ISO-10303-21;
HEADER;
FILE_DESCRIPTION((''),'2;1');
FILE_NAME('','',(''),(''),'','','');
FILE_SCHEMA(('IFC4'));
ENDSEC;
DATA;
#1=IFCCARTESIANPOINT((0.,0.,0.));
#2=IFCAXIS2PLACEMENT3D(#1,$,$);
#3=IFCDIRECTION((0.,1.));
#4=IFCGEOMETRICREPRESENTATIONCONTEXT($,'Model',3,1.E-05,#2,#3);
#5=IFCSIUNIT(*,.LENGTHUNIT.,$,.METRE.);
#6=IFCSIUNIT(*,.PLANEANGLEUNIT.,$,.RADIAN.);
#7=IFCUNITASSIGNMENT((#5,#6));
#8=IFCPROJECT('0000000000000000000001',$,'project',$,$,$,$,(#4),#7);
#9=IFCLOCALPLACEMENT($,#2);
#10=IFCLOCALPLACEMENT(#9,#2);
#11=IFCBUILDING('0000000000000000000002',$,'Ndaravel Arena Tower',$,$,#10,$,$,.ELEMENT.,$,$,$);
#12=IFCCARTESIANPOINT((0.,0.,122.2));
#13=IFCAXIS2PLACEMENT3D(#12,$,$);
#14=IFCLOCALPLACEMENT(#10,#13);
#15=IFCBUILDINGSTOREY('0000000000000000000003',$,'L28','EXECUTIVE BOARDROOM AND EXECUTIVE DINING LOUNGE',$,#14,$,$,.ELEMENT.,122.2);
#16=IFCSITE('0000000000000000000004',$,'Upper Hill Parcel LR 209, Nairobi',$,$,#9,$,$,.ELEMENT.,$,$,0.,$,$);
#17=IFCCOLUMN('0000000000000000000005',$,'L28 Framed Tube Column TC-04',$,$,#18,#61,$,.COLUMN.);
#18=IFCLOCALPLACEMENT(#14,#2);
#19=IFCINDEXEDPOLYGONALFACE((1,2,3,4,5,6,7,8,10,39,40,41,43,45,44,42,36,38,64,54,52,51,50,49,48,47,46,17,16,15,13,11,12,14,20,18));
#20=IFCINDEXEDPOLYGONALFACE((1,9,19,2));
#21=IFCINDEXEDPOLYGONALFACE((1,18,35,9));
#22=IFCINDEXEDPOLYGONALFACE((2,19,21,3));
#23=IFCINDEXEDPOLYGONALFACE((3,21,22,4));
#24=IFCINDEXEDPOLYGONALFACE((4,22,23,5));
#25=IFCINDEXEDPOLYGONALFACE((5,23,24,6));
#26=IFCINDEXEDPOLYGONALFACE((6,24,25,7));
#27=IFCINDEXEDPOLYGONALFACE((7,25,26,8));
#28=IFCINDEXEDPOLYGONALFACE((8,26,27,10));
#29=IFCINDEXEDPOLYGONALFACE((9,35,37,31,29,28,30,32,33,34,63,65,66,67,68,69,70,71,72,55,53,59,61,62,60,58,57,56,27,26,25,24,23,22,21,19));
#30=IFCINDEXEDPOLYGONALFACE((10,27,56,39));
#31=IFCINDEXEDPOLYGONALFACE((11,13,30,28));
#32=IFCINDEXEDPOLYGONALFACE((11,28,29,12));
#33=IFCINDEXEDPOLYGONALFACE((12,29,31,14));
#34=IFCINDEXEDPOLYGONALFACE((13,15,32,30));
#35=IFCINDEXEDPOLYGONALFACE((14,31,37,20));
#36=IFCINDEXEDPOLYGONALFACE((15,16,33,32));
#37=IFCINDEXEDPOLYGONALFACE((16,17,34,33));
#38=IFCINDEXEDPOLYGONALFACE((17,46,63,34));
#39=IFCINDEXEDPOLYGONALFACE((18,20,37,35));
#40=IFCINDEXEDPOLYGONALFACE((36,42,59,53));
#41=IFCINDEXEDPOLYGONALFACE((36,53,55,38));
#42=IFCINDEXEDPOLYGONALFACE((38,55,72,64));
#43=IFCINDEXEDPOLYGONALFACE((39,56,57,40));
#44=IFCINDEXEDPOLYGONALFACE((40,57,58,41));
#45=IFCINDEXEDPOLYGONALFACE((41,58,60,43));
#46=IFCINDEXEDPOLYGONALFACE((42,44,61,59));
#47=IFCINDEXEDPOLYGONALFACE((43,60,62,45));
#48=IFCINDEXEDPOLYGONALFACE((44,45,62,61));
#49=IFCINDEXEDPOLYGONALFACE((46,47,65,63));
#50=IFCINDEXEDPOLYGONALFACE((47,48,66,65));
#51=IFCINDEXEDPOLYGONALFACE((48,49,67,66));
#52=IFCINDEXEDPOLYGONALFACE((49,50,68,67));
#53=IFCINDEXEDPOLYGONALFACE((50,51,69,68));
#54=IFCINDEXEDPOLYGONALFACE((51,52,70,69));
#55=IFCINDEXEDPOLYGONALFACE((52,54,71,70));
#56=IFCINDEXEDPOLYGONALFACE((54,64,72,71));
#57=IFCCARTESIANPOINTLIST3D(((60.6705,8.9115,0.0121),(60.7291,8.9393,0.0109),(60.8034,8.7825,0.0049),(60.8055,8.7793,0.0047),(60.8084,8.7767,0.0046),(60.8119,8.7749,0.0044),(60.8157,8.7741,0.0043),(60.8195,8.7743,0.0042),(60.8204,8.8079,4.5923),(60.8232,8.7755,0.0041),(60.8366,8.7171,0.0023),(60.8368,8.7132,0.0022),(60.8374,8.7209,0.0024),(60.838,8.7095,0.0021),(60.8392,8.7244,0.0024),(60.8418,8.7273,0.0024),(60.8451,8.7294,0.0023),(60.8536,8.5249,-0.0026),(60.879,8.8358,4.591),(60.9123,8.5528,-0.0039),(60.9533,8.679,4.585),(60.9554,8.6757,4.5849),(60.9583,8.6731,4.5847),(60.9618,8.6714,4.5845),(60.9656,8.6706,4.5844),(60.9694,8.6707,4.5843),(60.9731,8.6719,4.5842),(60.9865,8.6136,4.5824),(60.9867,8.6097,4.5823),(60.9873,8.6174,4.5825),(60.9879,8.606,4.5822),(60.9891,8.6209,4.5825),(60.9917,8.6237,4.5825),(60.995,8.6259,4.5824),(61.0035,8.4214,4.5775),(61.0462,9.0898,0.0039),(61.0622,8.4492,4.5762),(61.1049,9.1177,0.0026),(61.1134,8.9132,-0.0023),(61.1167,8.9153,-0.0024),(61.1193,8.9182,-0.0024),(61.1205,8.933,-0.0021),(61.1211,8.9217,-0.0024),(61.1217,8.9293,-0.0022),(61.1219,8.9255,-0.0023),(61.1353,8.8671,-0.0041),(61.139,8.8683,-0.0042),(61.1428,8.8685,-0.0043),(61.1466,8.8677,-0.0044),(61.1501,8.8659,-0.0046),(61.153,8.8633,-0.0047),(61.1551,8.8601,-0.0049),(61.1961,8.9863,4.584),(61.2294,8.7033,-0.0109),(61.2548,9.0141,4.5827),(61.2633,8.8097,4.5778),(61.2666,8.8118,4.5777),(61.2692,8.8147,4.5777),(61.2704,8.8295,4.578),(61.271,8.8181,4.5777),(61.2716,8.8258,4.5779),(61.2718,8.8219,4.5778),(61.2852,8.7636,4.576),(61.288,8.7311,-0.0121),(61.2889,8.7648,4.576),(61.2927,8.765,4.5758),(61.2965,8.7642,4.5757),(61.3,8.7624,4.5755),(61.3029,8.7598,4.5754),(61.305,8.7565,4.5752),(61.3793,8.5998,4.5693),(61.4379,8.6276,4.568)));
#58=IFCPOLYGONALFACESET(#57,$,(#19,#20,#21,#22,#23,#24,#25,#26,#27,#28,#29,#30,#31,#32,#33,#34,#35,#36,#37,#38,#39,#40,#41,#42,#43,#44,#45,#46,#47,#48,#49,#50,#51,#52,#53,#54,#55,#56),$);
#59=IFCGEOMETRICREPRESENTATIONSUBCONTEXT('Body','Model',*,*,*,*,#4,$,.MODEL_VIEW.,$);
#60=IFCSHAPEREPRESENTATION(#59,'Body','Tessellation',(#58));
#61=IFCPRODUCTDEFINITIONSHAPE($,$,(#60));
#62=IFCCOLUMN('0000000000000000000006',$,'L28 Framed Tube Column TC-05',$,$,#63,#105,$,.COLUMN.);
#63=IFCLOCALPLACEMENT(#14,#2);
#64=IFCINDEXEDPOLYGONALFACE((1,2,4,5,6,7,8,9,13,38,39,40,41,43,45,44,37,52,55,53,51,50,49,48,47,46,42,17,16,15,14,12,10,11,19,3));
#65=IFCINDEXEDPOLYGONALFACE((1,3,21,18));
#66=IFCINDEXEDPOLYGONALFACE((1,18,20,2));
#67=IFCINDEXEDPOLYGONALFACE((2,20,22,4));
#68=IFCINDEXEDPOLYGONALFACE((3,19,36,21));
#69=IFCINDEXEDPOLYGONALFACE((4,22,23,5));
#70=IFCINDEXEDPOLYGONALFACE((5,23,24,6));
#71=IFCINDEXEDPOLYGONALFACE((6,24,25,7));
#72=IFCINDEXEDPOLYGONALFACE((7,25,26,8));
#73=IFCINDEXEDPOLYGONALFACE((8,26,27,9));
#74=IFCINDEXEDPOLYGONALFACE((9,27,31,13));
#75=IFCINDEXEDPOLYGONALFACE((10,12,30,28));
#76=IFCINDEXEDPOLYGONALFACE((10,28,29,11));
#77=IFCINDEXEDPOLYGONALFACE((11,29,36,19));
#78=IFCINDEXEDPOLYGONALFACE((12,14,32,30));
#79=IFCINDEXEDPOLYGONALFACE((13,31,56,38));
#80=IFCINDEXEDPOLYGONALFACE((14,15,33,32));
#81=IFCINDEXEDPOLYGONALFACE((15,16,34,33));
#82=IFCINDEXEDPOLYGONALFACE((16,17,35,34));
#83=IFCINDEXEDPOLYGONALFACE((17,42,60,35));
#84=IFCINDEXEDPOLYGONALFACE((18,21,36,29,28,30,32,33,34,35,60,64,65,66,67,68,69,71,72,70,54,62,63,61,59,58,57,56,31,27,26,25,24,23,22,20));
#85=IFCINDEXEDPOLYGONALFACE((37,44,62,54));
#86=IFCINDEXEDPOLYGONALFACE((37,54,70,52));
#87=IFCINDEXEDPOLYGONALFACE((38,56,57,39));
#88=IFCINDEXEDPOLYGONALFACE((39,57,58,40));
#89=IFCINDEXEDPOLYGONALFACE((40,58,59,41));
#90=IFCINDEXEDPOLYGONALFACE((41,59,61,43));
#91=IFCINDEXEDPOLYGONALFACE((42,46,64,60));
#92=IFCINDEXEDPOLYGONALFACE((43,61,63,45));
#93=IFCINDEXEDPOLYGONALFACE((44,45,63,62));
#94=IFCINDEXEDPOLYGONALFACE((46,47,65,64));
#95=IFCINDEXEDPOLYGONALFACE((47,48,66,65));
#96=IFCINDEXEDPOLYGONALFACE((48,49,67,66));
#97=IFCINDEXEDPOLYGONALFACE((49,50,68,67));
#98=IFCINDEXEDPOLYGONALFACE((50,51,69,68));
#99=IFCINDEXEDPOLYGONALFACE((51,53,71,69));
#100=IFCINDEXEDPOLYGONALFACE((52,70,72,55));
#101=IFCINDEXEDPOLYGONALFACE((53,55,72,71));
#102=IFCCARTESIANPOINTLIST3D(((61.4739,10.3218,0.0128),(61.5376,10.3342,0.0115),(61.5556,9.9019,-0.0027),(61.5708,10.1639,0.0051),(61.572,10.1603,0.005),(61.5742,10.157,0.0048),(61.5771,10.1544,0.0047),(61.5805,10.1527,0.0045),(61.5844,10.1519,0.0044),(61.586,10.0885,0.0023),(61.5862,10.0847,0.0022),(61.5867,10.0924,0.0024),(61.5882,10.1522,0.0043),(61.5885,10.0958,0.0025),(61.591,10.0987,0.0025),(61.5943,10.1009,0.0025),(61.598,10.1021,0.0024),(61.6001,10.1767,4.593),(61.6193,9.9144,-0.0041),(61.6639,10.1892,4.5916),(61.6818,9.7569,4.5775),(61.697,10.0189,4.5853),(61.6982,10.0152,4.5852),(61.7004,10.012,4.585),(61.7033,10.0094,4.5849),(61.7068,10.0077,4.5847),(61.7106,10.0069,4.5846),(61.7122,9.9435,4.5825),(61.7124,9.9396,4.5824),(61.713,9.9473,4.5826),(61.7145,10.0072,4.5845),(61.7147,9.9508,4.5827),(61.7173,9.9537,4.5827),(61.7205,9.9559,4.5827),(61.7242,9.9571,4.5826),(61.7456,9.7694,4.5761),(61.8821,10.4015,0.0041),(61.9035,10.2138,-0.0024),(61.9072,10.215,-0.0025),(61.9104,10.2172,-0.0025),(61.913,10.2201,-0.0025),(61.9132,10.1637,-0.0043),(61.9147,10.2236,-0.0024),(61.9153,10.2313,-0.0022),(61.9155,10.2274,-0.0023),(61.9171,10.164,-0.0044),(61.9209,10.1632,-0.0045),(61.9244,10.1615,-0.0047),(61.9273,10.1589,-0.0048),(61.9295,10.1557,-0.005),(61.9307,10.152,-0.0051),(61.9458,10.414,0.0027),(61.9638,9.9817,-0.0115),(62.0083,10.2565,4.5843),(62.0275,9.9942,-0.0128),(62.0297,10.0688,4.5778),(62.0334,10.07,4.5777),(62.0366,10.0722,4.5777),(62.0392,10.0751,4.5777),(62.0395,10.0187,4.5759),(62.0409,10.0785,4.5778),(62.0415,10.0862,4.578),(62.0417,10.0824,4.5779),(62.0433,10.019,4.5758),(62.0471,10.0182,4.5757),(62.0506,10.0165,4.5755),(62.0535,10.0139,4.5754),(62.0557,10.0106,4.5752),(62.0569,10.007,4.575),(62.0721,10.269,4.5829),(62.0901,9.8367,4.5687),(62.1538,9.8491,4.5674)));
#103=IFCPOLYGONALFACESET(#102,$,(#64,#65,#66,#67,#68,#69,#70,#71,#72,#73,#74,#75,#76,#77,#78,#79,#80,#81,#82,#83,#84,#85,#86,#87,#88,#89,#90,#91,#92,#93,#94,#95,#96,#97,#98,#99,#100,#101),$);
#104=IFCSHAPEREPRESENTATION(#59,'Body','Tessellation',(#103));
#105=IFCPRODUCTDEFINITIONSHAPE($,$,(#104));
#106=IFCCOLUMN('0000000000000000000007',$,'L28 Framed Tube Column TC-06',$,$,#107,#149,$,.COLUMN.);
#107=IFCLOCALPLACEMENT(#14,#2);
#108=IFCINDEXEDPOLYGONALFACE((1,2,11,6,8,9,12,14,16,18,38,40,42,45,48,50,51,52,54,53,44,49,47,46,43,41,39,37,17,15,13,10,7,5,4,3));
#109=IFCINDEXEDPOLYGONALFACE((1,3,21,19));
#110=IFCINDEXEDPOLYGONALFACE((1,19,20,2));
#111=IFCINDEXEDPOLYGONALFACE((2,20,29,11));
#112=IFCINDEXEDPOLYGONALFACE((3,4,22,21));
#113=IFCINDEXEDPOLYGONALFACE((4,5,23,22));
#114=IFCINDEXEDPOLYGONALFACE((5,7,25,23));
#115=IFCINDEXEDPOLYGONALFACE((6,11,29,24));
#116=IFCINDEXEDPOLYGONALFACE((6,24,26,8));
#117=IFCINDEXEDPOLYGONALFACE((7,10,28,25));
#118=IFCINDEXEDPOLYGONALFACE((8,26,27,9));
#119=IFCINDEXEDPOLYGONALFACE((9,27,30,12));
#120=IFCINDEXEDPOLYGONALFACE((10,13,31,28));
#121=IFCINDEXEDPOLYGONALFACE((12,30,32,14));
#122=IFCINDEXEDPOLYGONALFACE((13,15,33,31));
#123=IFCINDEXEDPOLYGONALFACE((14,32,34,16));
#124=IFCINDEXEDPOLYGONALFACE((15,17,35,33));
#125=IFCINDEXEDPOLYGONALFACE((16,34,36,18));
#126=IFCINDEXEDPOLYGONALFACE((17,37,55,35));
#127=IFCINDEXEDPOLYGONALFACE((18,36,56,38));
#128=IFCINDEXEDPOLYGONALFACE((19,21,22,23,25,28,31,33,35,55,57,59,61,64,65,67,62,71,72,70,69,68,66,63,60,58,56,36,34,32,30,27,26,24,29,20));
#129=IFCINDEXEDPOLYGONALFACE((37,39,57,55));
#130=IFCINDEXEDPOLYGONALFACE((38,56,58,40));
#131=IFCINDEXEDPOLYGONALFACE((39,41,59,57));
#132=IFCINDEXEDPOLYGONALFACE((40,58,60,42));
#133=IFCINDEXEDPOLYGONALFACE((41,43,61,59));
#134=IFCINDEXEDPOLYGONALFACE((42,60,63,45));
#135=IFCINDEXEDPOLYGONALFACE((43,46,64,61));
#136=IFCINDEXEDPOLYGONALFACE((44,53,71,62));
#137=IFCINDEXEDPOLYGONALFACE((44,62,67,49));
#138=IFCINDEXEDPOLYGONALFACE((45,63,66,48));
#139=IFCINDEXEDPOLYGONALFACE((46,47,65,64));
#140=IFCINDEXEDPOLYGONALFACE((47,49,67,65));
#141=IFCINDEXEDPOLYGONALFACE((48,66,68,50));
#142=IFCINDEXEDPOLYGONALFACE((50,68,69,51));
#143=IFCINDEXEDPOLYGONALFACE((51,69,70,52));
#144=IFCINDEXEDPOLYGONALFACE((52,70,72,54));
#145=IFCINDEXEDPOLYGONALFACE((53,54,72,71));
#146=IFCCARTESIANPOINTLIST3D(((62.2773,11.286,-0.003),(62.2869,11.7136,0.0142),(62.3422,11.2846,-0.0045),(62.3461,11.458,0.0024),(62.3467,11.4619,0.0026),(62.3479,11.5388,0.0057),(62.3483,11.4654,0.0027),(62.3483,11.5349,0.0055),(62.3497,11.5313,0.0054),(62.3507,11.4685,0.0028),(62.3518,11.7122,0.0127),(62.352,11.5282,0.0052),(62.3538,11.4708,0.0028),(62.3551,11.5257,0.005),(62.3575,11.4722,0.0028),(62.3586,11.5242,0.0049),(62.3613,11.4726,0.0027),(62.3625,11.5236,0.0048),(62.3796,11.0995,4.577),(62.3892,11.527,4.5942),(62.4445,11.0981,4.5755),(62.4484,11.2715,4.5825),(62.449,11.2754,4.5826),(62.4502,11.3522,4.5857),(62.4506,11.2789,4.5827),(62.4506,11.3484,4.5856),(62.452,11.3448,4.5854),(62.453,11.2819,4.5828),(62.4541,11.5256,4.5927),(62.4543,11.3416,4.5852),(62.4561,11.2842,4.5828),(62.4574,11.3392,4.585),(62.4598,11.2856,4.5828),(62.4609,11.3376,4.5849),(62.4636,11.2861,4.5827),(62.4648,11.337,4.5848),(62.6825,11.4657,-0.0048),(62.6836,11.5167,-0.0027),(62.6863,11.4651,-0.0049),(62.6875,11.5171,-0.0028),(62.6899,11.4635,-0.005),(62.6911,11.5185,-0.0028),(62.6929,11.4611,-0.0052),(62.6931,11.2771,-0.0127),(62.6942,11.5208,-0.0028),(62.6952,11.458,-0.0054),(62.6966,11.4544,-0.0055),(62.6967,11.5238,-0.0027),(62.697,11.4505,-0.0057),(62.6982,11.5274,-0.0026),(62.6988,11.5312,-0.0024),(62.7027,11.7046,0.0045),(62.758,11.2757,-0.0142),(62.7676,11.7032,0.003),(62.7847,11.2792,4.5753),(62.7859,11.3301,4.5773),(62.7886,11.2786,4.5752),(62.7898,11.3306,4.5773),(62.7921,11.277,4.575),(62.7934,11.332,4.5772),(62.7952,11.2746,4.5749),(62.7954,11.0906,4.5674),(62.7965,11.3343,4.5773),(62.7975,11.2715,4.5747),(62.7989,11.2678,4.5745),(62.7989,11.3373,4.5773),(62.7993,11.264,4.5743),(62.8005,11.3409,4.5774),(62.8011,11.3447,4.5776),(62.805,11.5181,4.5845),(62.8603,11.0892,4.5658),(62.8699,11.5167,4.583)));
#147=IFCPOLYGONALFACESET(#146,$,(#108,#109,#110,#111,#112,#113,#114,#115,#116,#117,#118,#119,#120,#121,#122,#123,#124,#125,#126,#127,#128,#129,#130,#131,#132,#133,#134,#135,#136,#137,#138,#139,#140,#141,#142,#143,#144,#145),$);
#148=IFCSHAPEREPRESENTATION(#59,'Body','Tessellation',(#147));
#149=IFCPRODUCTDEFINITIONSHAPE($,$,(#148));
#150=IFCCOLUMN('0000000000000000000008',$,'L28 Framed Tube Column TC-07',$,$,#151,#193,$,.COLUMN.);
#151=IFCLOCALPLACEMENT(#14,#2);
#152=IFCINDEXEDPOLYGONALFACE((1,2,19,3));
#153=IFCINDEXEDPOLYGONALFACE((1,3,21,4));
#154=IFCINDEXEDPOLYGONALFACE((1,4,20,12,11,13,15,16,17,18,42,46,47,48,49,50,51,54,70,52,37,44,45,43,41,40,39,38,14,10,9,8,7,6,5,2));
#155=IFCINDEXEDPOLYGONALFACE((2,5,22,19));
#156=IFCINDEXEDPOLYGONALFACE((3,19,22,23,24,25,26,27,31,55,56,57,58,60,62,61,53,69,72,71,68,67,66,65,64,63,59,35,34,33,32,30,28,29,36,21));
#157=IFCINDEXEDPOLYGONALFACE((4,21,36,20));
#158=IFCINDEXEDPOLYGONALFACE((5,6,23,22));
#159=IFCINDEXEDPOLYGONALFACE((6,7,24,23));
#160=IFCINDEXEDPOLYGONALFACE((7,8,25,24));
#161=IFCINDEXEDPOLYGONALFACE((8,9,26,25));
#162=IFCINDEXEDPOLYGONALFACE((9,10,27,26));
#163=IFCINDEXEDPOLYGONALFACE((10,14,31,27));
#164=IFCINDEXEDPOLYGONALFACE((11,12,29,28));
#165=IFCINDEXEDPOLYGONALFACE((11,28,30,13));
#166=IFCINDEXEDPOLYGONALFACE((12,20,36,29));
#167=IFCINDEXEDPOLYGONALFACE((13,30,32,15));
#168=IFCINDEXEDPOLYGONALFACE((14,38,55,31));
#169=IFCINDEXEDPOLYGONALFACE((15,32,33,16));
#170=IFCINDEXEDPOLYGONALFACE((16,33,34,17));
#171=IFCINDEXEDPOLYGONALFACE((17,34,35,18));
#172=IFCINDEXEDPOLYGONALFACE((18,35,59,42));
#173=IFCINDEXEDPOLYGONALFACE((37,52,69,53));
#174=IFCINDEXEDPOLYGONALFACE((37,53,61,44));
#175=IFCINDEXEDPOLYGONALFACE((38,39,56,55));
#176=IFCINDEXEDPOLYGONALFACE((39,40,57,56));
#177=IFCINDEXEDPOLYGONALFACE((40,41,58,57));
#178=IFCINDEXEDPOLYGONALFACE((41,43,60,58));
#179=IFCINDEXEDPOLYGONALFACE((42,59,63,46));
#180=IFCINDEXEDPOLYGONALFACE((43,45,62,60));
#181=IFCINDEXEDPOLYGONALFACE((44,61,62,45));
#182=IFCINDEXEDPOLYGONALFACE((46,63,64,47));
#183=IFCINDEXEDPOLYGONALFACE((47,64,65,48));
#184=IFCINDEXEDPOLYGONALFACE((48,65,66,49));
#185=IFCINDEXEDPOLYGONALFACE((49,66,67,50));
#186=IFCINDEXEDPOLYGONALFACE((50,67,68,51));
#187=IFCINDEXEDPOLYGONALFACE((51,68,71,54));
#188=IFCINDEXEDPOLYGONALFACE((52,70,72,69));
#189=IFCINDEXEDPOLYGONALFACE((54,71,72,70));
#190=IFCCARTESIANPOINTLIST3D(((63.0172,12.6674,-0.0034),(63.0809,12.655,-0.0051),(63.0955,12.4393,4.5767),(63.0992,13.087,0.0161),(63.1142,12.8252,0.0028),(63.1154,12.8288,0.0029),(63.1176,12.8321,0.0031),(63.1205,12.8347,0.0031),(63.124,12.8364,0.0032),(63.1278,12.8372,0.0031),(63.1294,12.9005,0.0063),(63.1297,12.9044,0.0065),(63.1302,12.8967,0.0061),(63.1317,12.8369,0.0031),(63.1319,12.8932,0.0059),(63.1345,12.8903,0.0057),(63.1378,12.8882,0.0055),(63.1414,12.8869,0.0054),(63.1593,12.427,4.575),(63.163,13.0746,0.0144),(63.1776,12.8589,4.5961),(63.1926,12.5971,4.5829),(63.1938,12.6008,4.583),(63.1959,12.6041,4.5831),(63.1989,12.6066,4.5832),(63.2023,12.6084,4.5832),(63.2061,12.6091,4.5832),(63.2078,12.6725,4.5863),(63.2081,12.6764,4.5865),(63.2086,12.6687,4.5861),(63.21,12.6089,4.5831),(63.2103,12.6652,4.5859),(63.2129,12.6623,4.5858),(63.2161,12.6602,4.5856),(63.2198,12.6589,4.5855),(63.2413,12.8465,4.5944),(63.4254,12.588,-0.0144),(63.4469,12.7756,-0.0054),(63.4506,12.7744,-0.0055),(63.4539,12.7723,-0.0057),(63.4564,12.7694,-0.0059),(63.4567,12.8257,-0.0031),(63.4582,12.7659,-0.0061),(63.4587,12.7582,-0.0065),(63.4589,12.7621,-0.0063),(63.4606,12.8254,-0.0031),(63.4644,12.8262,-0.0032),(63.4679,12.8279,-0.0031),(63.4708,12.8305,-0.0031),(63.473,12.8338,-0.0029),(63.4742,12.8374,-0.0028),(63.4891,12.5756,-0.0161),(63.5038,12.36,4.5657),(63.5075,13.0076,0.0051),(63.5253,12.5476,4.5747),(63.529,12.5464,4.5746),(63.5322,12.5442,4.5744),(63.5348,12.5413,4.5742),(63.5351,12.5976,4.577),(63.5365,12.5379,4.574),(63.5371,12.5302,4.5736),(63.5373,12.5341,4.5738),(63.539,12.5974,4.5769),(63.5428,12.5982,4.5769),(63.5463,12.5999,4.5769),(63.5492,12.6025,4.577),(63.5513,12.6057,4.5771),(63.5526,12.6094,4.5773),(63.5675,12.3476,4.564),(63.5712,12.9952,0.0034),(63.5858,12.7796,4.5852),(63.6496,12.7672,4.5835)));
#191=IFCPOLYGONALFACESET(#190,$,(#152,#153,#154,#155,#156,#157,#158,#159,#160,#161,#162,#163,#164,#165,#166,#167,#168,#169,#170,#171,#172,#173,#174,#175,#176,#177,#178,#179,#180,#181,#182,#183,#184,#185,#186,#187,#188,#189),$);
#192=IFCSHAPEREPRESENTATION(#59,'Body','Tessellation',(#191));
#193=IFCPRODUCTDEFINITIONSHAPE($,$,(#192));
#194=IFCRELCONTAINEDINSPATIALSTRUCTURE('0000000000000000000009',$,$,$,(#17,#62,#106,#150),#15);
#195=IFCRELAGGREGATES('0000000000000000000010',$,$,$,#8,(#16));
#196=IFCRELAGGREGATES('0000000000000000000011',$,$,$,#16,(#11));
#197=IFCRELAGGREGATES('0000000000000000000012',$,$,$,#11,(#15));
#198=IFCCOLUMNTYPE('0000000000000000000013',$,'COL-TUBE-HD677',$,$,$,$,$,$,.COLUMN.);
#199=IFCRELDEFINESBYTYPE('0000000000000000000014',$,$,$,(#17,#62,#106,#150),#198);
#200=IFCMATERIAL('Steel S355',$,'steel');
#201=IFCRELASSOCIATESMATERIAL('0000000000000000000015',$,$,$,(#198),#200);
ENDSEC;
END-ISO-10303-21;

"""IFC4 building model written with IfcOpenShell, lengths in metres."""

from ifc_helpers import new_model, si_unit, direction, frame, origin, origin_2d, place, context, subcontext, project, spatial, i_section, extrude, material, material_profile, profile_set, type_object, element, save


model = new_model("IFC4")

# Units and contexts
model_context = context("Model", 3, precision=1e-05, world=origin(), true_north=direction((0.0, 1.0)))
body_context = subcontext(model_context, "Body", "Model", "MODEL_VIEW")
ifc_project = project(units=[si_unit("LENGTHUNIT", "METRE"), si_unit("PLANEANGLEUNIT", "RADIAN")], contexts=[model_context])

# Site, building, storey
site_placement = place(None, origin())
site = spatial("IfcSite", under=ifc_project, at=site_placement, Name="Upper Hill Parcel LR 209, Nairobi", CompositionType="ELEMENT", RefElevation=0.0)
building_placement = place(site_placement, origin())
building = spatial("IfcBuilding", under=site, at=building_placement, Name="Ndaravel Arena Tower", CompositionType="ELEMENT")
storey_placement = place(building_placement, frame((0.0, 0.0, 122.2)))
storey = spatial("IfcBuildingStorey", under=building, at=storey_placement, Name="L28", Description="EXECUTIVE BOARDROOM AND EXECUTIVE DINING LOUNGE", CompositionType="ELEMENT", Elevation=122.2)

# Columns
ifc_material_1 = material(Name="Steel S355", Category="steel")
ifc_material_profile_1 = material_profile(ifc_material_1, i_section(OverallWidth=0.428, OverallDepth=0.481, WebThickness=0.051, FlangeThickness=0.0649, FilletRadius=0.0149, at=origin_2d()), Name="HD 400x677")
ifc_profile_set_1 = profile_set([ifc_material_profile_1], Name="Steel S355")
column_type = type_object("IfcColumnType", Name="COL-TUBE-HD677", PredefinedType="COLUMN", material=ifc_profile_set_1)
column_1_placement = place(storey_placement, frame((60.9792, 8.8213, 0.0), z_axis=(0.032703, -0.022583, 0.99921), x_axis=(-0.427944, 0.90315, 0.034419)))
element("IfcColumn", 1, at=column_1_placement, inside=storey, type_object=column_type, Name="L28 Framed Tube Column TC-04", PredefinedType="COLUMN", context=body_context, shape_type="SweptSolid", body=[
    extrude(i_section(OverallWidth=0.428, OverallDepth=0.481, WebThickness=0.051, FlangeThickness=0.0649, FilletRadius=0.0149, at=origin_2d()), origin(), (0.0, 0.0, 1.0), 4.5837),
])
column_2_placement = place(storey_placement, frame((61.7507, 10.158, 0.0), z_axis=(0.027534, -0.031635, 0.99912), x_axis=(-0.190914, 0.980935, 0.036321)))
element("IfcColumn", 2, at=column_2_placement, inside=storey, type_object=column_type, Name="L28 Framed Tube Column TC-05", PredefinedType="COLUMN", context=body_context, shape_type="SweptSolid", body=[
    extrude(i_section(OverallWidth=0.428, OverallDepth=0.481, WebThickness=0.051, FlangeThickness=0.0649, FilletRadius=0.0149, at=origin_2d()), origin(), (0.0, 0.0, 1.0), 4.5842),
])
column_3_placement = place(storey_placement, frame((62.5225, 11.4946, 0.0), z_axis=(0.022311, -0.040681, 0.998923), x_axis=(0.022409, 0.998941, 0.040181)))
element("IfcColumn", 3, at=column_3_placement, inside=storey, type_object=column_type, Name="L28 Framed Tube Column TC-06", PredefinedType="COLUMN", context=body_context, shape_type="SweptSolid", body=[
    extrude(i_section(OverallWidth=0.428, OverallDepth=0.481, WebThickness=0.051, FlangeThickness=0.0649, FilletRadius=0.0149, at=origin_2d()), origin(), (0.0, 0.0, 1.0), 4.585),
])
column_4_placement = place(storey_placement, frame((63.2942, 12.8313, 0.0), z_axis=(0.017087, -0.049718, 0.998617), x_axis=(0.191764, 0.980384, 0.045529)))
element("IfcColumn", 4, at=column_4_placement, inside=storey, type_object=column_type, Name="L28 Framed Tube Column TC-07", PredefinedType="COLUMN", context=body_context, shape_type="SweptSolid", body=[
    extrude(i_section(OverallWidth=0.428, OverallDepth=0.481, WebThickness=0.051, FlangeThickness=0.0649, FilletRadius=0.0149, at=origin_2d()), origin(), (0.0, 0.0, 1.0), 4.5864),
])

save(model, "model.ifc")
